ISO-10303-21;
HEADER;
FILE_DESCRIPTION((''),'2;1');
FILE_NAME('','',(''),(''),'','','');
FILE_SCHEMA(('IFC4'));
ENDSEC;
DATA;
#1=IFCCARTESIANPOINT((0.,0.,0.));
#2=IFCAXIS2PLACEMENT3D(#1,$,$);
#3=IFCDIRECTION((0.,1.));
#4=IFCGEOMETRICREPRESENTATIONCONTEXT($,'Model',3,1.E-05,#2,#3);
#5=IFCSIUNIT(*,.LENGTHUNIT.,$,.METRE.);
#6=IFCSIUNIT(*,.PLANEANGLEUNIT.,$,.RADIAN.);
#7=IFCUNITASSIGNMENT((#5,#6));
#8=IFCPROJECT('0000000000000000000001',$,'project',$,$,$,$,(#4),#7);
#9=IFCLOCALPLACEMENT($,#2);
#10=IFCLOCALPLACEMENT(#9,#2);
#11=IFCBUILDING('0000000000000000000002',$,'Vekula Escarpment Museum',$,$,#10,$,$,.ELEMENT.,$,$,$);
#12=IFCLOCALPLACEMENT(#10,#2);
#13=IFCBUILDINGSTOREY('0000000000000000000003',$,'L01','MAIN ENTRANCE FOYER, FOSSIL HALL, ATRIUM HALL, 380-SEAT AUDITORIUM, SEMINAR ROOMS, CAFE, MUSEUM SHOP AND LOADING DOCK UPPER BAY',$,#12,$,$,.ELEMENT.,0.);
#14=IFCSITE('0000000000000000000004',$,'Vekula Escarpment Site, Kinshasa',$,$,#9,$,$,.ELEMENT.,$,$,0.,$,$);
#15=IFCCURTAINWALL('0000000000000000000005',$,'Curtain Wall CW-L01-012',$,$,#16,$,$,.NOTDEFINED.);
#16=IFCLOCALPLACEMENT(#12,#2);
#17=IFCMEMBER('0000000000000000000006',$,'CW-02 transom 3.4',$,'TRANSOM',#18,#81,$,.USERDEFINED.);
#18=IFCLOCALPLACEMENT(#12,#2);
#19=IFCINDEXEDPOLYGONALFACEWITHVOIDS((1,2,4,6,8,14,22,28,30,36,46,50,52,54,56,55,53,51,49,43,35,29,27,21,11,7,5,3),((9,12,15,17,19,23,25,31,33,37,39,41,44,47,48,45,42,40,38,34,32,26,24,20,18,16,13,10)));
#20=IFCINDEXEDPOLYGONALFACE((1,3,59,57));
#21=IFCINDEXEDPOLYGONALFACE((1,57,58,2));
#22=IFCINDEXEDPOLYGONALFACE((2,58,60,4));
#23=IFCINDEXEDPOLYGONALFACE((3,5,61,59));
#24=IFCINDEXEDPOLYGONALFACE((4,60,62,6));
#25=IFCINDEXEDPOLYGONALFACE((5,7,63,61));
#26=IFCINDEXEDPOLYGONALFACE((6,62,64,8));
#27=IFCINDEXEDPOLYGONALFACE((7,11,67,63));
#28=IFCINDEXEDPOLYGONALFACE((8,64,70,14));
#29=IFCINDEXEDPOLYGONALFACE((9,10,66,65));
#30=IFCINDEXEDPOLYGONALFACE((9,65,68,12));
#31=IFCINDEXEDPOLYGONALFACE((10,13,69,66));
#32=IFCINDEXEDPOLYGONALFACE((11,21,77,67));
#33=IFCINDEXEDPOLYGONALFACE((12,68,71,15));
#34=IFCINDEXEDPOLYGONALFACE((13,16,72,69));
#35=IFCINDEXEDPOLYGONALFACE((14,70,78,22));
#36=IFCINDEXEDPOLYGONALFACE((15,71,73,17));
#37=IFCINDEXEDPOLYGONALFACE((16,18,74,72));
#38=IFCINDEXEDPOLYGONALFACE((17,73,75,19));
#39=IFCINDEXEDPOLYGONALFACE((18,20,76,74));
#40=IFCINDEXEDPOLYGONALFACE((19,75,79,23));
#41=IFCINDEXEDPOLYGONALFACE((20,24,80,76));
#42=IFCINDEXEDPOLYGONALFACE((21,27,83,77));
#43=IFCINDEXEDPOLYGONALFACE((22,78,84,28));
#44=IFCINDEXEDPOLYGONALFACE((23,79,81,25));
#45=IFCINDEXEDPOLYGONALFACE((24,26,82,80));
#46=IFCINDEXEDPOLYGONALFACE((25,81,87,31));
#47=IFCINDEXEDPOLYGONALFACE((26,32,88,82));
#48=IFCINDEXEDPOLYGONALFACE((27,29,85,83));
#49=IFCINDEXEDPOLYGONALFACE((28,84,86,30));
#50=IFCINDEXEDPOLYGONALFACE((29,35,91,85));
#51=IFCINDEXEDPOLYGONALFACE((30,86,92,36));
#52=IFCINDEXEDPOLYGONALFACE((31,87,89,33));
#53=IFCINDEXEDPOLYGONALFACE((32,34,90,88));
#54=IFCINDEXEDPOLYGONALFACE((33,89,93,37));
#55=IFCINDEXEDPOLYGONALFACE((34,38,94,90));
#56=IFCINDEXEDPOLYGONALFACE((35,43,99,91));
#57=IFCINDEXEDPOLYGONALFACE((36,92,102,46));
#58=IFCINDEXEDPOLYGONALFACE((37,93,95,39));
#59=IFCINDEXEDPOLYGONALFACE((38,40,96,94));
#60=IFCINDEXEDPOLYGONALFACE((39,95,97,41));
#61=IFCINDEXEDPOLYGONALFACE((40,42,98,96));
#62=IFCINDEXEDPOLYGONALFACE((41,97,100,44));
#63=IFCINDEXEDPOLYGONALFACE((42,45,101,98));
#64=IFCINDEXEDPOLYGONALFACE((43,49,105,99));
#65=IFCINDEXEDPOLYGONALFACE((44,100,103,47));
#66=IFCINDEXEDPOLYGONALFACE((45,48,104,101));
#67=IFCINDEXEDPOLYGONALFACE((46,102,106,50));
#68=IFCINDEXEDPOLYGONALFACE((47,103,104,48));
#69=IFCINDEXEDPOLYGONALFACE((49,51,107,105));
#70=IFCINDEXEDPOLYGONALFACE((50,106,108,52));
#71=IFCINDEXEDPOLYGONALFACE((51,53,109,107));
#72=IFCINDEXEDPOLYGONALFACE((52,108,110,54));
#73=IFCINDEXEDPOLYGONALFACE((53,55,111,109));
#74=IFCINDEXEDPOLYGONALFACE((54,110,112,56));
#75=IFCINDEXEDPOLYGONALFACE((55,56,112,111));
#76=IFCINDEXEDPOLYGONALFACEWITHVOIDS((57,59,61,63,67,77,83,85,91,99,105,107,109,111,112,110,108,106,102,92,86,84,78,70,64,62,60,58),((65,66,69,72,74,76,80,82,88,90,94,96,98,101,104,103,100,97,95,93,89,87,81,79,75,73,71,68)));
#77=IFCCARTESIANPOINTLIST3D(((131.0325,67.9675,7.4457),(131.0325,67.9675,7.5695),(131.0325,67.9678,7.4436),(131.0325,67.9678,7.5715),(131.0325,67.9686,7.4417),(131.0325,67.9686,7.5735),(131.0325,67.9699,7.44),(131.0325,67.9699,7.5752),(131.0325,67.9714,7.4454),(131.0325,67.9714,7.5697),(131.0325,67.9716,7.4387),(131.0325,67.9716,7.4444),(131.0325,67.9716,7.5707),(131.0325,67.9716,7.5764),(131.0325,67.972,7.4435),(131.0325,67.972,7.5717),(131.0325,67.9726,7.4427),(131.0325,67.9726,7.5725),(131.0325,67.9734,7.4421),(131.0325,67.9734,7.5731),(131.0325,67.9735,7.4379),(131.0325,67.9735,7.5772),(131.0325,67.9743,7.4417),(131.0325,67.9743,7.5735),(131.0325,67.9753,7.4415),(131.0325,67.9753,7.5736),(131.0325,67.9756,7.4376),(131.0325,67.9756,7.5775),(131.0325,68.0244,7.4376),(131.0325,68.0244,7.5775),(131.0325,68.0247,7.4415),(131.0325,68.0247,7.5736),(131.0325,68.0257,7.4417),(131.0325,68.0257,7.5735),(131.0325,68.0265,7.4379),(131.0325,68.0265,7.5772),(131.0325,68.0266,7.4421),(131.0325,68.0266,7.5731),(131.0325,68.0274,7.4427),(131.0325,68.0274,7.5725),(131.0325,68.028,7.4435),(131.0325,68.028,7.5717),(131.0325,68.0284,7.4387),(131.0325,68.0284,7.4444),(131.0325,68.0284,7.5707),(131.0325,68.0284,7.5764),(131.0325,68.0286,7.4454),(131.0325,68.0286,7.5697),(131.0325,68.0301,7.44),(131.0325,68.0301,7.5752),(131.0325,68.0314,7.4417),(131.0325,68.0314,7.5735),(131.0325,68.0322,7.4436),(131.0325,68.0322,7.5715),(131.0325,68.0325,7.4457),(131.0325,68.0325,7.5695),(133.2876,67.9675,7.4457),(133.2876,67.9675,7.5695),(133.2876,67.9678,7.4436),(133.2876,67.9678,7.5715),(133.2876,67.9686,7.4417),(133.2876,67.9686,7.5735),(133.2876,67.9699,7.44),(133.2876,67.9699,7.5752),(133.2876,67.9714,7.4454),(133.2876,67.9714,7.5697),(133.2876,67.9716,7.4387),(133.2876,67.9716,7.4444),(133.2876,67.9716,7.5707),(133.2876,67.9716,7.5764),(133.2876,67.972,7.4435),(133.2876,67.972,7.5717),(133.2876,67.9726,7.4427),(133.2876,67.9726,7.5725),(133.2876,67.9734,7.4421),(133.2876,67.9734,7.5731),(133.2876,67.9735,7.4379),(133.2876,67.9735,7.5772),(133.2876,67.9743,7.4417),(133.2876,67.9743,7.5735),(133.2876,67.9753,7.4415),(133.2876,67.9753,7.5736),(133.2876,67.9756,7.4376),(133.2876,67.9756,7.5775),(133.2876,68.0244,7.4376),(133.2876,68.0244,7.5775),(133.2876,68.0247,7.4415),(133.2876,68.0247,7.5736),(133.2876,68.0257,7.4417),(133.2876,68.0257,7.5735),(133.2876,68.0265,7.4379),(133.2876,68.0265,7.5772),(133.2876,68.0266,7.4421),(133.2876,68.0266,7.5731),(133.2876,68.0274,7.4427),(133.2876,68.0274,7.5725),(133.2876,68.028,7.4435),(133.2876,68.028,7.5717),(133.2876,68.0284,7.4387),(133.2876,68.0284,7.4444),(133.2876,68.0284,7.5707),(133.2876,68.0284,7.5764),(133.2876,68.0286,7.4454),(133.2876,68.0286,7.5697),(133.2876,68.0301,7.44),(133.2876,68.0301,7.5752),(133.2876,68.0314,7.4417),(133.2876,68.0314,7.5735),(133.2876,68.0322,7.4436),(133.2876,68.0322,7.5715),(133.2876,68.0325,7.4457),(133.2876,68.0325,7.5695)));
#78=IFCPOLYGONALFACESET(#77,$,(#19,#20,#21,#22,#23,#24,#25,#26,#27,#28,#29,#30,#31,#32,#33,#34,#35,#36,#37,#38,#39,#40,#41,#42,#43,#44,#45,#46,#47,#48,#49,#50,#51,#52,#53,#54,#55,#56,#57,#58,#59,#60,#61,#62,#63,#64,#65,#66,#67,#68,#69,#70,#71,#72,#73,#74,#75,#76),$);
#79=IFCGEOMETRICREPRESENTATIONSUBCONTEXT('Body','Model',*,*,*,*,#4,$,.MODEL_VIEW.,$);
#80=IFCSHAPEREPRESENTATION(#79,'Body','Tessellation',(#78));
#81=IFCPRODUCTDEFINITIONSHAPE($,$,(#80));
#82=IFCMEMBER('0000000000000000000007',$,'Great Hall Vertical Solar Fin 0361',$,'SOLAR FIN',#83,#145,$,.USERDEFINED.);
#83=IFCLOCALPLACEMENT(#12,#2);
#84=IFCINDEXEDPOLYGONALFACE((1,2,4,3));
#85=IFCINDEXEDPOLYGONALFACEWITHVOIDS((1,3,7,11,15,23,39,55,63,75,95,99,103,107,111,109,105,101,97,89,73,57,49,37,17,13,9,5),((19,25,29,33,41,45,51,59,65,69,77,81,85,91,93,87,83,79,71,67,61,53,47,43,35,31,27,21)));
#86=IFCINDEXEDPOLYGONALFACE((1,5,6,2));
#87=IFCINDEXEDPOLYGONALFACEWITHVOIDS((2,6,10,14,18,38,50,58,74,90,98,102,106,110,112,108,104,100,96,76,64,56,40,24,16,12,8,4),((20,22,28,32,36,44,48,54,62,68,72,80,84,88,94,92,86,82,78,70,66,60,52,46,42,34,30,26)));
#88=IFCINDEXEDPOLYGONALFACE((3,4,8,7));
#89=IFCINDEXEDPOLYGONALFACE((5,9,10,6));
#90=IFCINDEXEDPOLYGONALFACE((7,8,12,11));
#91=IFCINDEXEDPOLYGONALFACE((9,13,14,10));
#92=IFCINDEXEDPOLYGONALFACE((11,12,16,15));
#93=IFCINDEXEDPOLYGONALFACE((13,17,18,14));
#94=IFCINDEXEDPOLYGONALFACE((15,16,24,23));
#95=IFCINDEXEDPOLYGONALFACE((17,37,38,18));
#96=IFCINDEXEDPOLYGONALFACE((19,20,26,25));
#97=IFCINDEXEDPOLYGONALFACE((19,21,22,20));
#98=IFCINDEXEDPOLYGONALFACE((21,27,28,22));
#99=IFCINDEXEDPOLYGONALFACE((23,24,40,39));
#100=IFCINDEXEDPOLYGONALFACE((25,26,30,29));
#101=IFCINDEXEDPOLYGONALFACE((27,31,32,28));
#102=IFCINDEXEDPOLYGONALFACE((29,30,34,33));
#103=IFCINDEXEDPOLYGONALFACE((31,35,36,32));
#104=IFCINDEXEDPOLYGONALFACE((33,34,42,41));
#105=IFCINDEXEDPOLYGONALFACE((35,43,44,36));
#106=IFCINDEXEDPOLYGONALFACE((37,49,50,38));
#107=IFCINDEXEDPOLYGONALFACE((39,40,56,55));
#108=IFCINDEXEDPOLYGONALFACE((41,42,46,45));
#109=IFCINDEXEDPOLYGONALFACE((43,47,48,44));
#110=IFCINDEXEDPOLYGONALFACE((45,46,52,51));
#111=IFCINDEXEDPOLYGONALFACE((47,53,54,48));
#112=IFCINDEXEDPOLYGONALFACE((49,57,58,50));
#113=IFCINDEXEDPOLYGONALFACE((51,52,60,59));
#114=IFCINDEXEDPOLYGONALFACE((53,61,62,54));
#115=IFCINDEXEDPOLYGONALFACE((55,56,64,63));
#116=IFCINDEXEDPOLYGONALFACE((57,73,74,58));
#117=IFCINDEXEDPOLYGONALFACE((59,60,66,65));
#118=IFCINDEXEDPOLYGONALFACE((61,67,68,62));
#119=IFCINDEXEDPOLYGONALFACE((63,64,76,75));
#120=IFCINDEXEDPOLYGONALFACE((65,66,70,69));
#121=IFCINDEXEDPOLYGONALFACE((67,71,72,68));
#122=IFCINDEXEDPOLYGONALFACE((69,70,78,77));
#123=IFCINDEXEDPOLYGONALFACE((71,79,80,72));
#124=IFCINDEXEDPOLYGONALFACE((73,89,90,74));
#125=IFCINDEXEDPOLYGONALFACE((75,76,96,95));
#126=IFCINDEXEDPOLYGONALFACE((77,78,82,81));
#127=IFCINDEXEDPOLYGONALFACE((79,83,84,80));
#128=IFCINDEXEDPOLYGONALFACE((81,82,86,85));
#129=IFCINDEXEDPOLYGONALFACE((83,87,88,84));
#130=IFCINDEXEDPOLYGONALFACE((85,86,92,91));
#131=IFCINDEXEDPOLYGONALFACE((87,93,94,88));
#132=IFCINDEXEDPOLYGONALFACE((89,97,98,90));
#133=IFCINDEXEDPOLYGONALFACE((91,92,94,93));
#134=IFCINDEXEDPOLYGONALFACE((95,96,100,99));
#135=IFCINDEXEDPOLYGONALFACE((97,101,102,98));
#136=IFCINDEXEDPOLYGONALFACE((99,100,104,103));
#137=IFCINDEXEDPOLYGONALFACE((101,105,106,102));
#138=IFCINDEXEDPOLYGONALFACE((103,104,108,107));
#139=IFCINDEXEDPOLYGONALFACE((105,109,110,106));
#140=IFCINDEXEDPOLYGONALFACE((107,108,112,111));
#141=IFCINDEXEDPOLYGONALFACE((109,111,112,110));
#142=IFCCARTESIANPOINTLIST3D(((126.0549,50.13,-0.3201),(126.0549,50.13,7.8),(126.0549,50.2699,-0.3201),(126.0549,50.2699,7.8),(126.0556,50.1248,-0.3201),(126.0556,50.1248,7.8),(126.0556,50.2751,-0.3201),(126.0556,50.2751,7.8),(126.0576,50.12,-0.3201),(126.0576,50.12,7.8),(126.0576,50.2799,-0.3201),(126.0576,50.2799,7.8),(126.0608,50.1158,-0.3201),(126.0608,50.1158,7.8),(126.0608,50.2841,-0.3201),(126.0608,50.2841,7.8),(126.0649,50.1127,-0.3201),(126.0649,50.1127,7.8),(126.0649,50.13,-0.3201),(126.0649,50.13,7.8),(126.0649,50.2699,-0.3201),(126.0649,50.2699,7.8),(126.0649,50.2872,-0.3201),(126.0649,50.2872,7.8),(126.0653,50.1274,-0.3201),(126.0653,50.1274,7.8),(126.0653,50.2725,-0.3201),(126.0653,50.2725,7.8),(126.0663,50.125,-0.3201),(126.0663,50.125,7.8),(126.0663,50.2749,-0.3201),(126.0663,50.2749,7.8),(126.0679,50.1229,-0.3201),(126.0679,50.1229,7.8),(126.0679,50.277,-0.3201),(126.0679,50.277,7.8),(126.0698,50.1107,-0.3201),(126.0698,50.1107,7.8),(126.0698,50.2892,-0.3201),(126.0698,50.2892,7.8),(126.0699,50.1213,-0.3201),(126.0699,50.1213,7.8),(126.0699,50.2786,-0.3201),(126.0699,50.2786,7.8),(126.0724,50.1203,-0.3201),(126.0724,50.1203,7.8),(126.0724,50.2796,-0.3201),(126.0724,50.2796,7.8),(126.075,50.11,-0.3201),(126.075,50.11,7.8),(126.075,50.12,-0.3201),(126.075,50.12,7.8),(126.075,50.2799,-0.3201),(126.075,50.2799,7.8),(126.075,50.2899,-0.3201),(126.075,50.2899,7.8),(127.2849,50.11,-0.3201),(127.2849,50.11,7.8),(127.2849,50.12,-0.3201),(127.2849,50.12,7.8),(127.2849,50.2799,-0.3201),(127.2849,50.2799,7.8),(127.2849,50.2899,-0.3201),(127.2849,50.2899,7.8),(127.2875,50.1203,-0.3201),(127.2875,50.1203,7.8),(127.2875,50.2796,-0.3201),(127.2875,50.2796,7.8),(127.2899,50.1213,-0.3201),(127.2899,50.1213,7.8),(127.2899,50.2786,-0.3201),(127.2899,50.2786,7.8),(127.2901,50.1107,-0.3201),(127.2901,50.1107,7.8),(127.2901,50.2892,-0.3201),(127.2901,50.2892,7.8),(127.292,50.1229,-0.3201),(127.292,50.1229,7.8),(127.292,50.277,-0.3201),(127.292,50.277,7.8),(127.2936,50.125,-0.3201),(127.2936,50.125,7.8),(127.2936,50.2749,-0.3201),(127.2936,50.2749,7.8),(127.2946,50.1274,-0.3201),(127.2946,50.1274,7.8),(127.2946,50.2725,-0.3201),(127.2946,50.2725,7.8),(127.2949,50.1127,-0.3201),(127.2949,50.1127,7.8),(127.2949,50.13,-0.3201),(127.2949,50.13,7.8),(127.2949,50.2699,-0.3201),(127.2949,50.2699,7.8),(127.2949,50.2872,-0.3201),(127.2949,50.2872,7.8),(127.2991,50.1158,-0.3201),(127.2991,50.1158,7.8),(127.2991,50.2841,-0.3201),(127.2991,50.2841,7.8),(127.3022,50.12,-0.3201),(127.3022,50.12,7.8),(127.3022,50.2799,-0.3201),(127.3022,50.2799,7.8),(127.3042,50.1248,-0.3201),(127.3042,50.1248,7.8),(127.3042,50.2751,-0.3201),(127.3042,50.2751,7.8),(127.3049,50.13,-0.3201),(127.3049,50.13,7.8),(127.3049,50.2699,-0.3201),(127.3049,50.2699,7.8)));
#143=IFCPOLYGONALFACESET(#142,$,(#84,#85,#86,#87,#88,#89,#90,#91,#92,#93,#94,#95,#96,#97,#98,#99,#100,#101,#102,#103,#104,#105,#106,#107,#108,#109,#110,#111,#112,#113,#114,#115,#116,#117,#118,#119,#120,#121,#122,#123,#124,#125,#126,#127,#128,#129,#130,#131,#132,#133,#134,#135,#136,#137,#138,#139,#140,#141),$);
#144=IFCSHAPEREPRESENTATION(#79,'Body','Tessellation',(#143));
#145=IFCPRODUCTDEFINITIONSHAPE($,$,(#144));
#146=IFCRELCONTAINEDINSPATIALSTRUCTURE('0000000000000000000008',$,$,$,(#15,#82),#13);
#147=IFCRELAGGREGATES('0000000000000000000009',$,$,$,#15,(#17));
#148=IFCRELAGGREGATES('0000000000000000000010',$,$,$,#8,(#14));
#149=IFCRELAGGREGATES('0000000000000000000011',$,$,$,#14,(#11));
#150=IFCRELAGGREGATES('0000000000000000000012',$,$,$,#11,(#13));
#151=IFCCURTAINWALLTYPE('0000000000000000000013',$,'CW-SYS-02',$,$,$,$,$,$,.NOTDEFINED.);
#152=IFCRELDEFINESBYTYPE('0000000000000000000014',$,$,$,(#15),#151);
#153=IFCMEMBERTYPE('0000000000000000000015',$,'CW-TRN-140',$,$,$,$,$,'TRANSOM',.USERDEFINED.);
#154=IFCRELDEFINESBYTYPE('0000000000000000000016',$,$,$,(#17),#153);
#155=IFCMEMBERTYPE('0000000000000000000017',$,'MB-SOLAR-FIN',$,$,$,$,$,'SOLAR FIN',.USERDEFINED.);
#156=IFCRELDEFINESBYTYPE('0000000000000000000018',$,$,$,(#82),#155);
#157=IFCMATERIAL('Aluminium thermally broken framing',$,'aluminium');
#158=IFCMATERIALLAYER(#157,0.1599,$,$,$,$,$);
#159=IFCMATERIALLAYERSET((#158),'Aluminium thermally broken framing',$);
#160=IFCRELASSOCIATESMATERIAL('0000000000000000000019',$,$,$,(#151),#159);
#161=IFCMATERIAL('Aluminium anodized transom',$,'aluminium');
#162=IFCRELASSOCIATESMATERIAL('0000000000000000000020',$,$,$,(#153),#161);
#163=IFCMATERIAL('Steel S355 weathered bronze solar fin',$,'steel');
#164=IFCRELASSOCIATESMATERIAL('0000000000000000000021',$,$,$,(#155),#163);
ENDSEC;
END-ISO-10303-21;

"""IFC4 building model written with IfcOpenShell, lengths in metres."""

from ifc_helpers import new_model, si_unit, direction, frame, origin, origin_2d, place, context, subcontext, project, spatial, hollow_rectangle, extrude, material, layer, layer_set, material_profile, profile_set, type_object, element, aggregate, save


model = new_model("IFC4")

# Units and contexts
model_context = context("Model", 3, precision=1e-05, world=origin(), true_north=direction((0.0, 1.0)))
body_context = subcontext(model_context, "Body", "Model", "MODEL_VIEW")
ifc_project = project(units=[si_unit("LENGTHUNIT", "METRE"), si_unit("PLANEANGLEUNIT", "RADIAN")], contexts=[model_context])

# Site, building, storey
site_placement = place(None, origin())
site = spatial("IfcSite", under=ifc_project, at=site_placement, Name="Vekula Escarpment Site, Kinshasa", CompositionType="ELEMENT", RefElevation=0.0)
building_placement = place(site_placement, origin())
building = spatial("IfcBuilding", under=site, at=building_placement, Name="Vekula Escarpment Museum", CompositionType="ELEMENT")
storey_placement = place(building_placement, origin())
storey = spatial("IfcBuildingStorey", under=building, at=storey_placement, Name="L01", Description="MAIN ENTRANCE FOYER, FOSSIL HALL, ATRIUM HALL, 380-SEAT AUDITORIUM, SEMINAR ROOMS, CAFE, MUSEUM SHOP AND LOADING DOCK UPPER BAY", CompositionType="ELEMENT", Elevation=0.0)

# Curtain wall, member
ifc_material_1 = material(Name="Aluminium thermally broken framing", Category="aluminium")
ifc_layer_1 = layer(ifc_material_1, 0.1599)
ifc_layer_set_1 = layer_set([ifc_layer_1], Name="Aluminium thermally broken framing")
curtain_wall_type = type_object("IfcCurtainWallType", Name="CW-SYS-02", PredefinedType="NOTDEFINED", material=ifc_layer_set_1)
curtain_wall_placement = place(storey_placement, origin())
curtain_wall = element("IfcCurtainWall", 1, at=curtain_wall_placement, inside=storey, type_object=curtain_wall_type, Name="Curtain Wall CW-L01-012", PredefinedType="NOTDEFINED")
ifc_material_2 = material(Name="Aluminium anodized transom", Category="aluminium")
ifc_material_profile_1 = material_profile(ifc_material_2, hollow_rectangle(XDim=0.0649, YDim=0.1399, WallThickness=0.0039, InnerFilletRadius=0.0039, OuterFilletRadius=0.0081, at=origin_2d()), Name="ALU 140x65x4")
ifc_profile_set_1 = profile_set([ifc_material_profile_1], Name="Aluminium anodized transom")
member_type_1 = type_object("IfcMemberType", Name="CW-TRN-140", ElementType="TRANSOM", PredefinedType="USERDEFINED", material=ifc_profile_set_1)
member_1_placement = place(storey_placement, frame((131.0325, 68.0, 7.5076), z_axis=(1.0, 0.0, 0.0), x_axis=(0.0, 1.0, 0.0)))
member_1 = element("IfcMember", 2, at=member_1_placement, type_object=member_type_1, Name="CW-02 transom 3.4", ObjectType="TRANSOM", PredefinedType="USERDEFINED", context=body_context, shape_type="SweptSolid", body=[
    extrude(hollow_rectangle(XDim=0.0649, YDim=0.1399, WallThickness=0.0039, InnerFilletRadius=0.0039, OuterFilletRadius=0.0081, at=origin_2d()), origin(), (0.0, 0.0, 1.0), 2.2551),
])

# Member
ifc_material_3 = material(Name="Steel S355 weathered bronze solar fin", Category="steel")
ifc_material_profile_2 = material_profile(ifc_material_3, hollow_rectangle(XDim=0.1799, YDim=1.25, WallThickness=0.01, InnerFilletRadius=0.01, OuterFilletRadius=0.02, at=origin_2d()), Name="RHS 1250x180x10")
ifc_profile_set_2 = profile_set([ifc_material_profile_2], Name="Steel S355 weathered bronze solar fin")
member_type_2 = type_object("IfcMemberType", Name="MB-SOLAR-FIN", ElementType="SOLAR FIN", PredefinedType="USERDEFINED", material=ifc_profile_set_2)
for number, where, z_axis, x_axis, name in (
    (3, (126.6799, 50.2, -0.3201), (0.0, 0.0, 1.0), (0.0, 1.0, 0.0), "Great Hall Vertical Solar Fin 0361"),
):
    element("IfcMember", number, at=place(storey_placement, frame(where, z_axis=z_axis, x_axis=x_axis)), inside=storey, type_object=member_type_2, Name=name, ObjectType="SOLAR FIN", PredefinedType="USERDEFINED", context=body_context, shape_type="SweptSolid", body=[
        extrude(hollow_rectangle(XDim=0.1799, YDim=1.25, WallThickness=0.01, InnerFilletRadius=0.01, OuterFilletRadius=0.02, at=origin_2d()), origin(), (0.0, 0.0, 1.0), 8.1201),
    ])

aggregate(curtain_wall, [member_1])

save(model, "model.ifc")
